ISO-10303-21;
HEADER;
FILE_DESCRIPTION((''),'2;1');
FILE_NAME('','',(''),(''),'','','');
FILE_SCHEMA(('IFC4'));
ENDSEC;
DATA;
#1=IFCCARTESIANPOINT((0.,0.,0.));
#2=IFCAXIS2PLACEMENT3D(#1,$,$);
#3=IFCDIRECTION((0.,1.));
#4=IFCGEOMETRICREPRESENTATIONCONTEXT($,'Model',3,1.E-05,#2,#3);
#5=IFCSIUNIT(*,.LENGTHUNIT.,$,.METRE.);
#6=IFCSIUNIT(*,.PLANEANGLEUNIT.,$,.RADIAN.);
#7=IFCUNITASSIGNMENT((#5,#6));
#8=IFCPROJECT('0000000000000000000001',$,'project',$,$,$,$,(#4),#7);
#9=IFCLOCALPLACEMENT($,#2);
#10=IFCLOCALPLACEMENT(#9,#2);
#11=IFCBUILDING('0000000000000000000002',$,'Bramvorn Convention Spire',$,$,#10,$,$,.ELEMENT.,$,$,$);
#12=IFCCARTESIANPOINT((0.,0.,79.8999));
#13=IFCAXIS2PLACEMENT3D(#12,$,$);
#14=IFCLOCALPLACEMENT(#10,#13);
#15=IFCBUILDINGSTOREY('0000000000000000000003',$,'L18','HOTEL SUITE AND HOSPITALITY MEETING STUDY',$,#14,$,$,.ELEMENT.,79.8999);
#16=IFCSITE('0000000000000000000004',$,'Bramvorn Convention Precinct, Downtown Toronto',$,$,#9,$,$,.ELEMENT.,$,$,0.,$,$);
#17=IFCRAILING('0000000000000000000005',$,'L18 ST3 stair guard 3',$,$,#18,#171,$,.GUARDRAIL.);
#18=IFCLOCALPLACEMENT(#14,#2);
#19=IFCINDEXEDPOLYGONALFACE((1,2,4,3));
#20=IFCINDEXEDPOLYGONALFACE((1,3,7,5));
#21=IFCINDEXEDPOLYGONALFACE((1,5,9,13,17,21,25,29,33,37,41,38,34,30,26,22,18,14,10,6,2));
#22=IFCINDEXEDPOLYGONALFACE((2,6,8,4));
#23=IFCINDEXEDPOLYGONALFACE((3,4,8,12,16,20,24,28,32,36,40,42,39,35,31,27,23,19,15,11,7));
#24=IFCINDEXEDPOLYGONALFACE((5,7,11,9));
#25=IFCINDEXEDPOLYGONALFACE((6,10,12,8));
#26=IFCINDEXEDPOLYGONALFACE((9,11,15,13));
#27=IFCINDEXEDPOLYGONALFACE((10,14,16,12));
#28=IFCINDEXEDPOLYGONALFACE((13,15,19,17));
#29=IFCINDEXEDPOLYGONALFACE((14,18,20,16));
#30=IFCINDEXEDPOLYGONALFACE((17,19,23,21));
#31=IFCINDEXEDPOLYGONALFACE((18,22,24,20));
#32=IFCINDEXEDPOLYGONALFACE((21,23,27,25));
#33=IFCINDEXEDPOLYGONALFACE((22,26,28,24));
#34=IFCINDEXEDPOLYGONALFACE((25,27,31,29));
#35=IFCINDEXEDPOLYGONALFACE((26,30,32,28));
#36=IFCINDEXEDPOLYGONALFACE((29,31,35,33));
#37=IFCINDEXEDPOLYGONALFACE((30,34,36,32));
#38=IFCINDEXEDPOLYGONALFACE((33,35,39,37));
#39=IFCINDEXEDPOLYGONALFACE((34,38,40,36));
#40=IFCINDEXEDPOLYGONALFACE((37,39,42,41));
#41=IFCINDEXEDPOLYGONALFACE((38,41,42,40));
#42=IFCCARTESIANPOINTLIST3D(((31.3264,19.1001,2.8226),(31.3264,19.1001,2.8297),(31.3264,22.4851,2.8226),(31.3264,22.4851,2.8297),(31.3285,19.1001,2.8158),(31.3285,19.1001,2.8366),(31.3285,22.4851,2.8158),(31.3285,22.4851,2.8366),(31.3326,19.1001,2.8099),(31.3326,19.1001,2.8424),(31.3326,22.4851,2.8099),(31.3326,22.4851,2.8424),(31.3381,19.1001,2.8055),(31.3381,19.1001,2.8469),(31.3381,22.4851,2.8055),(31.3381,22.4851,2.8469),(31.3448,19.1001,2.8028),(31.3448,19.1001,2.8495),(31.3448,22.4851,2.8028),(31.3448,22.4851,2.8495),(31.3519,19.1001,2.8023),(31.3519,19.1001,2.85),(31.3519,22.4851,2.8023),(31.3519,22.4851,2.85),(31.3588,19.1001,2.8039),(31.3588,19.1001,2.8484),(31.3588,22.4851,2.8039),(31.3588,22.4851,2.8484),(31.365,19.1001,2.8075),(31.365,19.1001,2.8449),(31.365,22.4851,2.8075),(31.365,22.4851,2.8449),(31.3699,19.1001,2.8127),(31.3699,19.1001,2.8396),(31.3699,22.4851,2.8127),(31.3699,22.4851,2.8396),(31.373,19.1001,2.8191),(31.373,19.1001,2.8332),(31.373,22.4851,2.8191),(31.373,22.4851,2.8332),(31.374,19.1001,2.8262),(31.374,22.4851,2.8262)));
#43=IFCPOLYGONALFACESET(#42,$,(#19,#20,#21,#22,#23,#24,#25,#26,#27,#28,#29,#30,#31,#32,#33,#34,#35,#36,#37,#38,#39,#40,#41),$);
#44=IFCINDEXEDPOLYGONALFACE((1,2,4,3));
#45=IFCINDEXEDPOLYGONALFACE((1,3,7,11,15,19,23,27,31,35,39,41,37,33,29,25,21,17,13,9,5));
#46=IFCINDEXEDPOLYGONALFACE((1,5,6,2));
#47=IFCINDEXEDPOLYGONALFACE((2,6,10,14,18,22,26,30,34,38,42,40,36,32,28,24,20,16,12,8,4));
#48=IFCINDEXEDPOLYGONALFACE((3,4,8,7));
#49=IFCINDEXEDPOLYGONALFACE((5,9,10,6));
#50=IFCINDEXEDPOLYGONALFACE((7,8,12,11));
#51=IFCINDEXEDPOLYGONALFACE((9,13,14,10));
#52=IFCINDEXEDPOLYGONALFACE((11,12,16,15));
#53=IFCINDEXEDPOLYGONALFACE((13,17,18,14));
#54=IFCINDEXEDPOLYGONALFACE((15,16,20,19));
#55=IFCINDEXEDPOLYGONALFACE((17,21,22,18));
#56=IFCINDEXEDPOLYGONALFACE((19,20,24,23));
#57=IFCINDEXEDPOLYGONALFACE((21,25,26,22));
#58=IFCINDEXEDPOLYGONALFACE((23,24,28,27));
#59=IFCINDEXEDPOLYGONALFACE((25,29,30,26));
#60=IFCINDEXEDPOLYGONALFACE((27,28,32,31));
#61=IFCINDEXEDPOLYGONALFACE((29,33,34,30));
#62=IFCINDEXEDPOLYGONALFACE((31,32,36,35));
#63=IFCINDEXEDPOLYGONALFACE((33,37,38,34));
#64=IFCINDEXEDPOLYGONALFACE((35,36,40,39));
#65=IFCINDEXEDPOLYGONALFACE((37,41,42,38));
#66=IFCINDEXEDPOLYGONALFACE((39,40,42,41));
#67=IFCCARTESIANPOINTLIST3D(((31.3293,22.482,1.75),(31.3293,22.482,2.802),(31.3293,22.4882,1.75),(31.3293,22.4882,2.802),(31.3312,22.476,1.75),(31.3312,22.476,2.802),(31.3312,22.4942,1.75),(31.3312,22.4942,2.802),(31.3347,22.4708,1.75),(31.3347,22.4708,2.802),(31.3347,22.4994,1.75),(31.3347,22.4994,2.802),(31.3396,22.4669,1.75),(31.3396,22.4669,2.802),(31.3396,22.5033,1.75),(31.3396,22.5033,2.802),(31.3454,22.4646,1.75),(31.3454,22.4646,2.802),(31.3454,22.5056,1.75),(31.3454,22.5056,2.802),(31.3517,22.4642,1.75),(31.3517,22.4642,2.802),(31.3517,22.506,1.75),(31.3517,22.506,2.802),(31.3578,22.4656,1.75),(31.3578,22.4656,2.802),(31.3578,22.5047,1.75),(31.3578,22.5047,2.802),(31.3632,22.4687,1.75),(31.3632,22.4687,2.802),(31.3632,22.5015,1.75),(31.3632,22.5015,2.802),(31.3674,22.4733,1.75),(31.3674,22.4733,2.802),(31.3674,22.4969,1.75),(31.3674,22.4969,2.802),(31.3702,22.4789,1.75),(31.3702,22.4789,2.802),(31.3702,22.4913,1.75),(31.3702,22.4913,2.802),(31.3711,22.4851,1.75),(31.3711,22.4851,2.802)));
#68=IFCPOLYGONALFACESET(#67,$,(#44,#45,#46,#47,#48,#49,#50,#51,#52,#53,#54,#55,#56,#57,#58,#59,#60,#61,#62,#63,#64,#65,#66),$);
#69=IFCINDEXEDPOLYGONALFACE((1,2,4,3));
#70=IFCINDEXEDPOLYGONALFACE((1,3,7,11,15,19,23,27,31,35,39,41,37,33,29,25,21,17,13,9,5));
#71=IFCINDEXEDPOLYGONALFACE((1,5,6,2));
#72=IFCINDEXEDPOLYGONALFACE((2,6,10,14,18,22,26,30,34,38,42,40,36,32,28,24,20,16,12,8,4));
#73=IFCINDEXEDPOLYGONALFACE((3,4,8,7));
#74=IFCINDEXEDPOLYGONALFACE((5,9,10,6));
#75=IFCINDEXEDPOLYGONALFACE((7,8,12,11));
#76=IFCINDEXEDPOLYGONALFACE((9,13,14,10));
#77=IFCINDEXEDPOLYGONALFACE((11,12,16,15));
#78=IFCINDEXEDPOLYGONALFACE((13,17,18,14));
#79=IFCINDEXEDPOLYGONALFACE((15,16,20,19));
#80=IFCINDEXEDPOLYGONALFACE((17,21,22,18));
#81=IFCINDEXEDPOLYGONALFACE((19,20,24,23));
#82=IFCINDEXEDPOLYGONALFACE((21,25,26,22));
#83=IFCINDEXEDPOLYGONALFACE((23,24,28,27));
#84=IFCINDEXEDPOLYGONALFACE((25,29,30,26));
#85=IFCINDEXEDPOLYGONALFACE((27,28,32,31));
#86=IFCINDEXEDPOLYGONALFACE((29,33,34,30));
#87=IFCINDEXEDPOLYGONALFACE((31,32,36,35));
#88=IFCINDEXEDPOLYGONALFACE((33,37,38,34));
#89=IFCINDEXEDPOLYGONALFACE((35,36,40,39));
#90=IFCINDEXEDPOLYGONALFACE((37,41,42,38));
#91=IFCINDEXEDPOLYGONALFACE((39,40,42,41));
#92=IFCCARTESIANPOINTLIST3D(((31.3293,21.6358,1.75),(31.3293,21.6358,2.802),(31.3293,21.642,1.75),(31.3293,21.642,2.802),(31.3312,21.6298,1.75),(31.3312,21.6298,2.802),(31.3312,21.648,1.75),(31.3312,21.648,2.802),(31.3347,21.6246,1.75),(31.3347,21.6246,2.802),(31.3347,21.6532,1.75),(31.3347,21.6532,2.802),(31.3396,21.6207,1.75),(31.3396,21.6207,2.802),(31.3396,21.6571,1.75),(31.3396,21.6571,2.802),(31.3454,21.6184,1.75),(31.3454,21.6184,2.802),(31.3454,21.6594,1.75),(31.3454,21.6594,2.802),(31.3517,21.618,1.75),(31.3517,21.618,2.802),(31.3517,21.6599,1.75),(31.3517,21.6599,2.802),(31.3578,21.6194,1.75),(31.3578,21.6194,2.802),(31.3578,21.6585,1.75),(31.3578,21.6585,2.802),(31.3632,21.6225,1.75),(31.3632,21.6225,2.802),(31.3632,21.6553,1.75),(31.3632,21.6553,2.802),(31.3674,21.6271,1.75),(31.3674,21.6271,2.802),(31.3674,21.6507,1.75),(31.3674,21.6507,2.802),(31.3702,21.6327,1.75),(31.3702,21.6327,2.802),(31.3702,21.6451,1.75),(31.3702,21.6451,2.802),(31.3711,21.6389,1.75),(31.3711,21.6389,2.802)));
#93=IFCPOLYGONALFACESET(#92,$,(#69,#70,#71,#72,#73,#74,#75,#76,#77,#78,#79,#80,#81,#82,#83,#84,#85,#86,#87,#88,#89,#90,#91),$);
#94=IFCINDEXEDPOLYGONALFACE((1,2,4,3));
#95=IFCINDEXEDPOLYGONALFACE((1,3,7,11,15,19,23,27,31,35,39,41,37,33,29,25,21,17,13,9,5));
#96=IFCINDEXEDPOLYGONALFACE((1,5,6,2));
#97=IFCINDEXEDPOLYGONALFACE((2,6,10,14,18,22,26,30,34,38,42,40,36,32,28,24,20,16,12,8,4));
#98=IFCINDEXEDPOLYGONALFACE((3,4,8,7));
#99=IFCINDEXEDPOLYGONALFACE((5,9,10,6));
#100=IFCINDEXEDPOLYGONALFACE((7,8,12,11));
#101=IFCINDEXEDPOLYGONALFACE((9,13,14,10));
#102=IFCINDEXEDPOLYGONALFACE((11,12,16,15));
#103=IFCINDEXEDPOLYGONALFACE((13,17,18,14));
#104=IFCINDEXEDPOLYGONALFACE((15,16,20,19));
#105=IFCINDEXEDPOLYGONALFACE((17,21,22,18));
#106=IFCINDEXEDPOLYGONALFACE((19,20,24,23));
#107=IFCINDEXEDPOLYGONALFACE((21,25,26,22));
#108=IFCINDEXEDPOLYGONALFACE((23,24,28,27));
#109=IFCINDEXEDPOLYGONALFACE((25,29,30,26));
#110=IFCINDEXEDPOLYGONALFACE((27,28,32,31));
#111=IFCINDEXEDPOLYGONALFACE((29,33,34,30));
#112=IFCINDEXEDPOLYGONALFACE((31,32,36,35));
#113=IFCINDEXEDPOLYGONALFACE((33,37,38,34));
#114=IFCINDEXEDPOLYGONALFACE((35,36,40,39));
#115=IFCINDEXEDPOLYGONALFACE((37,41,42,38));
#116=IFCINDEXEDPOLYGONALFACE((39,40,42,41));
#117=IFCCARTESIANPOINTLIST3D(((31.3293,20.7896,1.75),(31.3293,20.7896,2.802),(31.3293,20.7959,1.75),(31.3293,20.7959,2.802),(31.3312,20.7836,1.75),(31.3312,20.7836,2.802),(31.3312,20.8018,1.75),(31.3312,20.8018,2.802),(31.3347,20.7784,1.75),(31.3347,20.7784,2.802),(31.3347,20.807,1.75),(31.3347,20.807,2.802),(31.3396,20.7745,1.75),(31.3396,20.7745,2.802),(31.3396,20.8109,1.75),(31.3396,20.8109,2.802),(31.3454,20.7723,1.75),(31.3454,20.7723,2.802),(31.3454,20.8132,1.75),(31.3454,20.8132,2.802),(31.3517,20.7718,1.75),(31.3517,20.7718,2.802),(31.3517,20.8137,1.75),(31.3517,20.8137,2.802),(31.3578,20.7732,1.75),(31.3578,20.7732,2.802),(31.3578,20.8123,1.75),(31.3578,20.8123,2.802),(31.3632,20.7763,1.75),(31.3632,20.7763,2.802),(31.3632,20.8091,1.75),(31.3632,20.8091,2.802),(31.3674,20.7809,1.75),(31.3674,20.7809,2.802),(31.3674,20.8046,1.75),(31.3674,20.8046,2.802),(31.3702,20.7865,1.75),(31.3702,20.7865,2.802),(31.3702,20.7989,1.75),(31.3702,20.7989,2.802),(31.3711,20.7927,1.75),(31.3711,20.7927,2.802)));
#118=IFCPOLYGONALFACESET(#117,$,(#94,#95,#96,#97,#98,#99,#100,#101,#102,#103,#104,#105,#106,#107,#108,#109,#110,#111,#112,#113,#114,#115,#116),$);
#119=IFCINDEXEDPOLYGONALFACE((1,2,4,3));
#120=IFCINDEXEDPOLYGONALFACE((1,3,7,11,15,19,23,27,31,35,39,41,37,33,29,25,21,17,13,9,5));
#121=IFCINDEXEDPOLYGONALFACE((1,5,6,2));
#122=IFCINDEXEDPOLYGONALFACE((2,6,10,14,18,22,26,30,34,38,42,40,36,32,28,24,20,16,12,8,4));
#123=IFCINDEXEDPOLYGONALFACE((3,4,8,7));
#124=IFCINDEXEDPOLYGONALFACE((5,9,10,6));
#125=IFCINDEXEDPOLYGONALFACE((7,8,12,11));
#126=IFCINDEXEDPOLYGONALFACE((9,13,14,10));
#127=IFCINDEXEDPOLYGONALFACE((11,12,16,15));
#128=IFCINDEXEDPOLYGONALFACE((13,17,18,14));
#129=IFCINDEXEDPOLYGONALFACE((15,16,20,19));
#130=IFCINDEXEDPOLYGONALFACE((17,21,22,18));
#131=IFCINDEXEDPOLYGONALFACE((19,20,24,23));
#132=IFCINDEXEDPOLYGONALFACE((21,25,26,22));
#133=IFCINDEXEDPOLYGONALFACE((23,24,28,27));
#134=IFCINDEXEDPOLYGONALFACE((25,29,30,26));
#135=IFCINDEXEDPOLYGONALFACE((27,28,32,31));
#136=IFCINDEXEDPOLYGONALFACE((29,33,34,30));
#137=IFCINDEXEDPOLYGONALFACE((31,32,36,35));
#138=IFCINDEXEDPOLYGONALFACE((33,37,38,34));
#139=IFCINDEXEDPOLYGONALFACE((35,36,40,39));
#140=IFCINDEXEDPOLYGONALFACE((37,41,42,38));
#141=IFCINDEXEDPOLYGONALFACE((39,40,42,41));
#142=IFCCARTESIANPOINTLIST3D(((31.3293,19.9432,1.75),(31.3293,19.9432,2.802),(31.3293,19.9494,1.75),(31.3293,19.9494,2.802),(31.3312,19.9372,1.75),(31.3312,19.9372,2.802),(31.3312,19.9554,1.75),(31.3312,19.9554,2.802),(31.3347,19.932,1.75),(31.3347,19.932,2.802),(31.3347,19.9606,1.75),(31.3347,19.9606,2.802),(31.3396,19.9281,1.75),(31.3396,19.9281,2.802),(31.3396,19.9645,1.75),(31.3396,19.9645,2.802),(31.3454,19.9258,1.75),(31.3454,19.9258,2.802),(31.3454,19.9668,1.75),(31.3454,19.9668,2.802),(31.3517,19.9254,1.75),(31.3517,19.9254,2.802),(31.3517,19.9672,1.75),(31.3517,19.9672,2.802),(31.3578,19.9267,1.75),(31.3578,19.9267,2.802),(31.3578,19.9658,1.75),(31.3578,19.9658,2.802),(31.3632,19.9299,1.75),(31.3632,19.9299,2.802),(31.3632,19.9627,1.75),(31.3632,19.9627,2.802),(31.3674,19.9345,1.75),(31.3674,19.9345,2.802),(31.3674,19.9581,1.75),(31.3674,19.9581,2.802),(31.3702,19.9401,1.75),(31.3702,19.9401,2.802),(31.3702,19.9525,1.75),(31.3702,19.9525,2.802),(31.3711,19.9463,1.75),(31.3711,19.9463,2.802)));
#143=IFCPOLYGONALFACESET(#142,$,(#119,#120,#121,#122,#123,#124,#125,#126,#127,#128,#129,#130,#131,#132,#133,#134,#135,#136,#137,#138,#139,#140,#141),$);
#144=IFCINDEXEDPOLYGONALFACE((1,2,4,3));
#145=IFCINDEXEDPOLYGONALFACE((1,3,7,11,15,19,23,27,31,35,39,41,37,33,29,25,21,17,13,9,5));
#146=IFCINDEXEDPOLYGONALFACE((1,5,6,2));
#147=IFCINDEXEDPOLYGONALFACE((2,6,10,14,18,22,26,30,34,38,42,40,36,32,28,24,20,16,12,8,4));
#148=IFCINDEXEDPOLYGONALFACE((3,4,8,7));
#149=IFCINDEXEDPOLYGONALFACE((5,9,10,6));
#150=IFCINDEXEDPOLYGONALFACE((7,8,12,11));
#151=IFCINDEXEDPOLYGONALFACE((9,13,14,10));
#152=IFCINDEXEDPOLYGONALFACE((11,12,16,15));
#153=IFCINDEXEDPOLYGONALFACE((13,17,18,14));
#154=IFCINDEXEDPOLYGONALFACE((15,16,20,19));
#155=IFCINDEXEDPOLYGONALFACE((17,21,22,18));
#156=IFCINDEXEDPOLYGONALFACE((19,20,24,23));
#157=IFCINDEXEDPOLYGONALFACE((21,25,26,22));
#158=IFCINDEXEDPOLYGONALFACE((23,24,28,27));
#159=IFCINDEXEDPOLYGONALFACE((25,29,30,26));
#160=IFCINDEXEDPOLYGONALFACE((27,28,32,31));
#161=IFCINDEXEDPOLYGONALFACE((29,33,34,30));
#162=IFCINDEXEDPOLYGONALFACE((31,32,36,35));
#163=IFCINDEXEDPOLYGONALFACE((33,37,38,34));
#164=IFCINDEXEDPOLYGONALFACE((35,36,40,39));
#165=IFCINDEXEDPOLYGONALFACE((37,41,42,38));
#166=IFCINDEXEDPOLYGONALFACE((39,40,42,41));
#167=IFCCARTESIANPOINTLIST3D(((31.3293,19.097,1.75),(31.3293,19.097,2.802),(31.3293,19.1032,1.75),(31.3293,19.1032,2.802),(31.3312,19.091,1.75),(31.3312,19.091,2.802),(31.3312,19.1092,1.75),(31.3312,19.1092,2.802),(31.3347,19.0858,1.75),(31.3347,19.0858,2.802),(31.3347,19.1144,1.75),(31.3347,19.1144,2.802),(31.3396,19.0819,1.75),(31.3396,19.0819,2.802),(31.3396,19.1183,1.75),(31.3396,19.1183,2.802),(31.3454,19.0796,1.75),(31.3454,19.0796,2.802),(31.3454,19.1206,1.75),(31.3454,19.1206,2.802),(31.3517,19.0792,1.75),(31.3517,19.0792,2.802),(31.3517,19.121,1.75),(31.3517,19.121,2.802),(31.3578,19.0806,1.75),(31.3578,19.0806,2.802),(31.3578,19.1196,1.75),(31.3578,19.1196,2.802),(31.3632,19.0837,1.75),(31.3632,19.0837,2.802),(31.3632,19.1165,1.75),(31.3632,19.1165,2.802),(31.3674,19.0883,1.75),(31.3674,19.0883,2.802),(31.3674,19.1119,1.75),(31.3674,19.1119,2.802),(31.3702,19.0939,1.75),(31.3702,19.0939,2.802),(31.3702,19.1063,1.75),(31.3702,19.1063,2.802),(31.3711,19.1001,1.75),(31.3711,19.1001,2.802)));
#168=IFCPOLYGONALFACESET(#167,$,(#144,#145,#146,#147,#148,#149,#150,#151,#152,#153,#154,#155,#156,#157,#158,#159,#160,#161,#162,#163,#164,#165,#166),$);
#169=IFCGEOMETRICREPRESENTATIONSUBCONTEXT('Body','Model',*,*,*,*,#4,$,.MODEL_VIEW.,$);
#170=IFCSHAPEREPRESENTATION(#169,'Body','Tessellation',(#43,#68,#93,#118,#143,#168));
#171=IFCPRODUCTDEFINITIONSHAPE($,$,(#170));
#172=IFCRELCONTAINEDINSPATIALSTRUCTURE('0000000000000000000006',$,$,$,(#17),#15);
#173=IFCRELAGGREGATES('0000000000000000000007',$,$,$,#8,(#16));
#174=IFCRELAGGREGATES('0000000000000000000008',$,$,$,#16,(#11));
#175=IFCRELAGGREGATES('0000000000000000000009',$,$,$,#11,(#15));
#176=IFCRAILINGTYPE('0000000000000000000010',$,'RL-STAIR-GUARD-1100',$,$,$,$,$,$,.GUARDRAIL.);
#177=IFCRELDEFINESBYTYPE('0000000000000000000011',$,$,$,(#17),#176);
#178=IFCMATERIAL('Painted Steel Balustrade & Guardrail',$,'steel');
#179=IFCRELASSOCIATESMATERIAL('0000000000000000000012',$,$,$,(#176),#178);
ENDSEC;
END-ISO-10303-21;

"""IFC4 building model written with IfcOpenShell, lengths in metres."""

from ifc_helpers import new_model, si_unit, direction, frame, origin, origin_2d, place, context, subcontext, project, spatial, circle, extrude, material, type_object, element, save


model = new_model("IFC4")

# Units and contexts
model_context = context("Model", 3, precision=1e-05, world=origin(), true_north=direction((0.0, 1.0)))
body_context = subcontext(model_context, "Body", "Model", "MODEL_VIEW")
ifc_project = project(units=[si_unit("LENGTHUNIT", "METRE"), si_unit("PLANEANGLEUNIT", "RADIAN")], contexts=[model_context])

# Site, building, storey
site_placement = place(None, origin())
site = spatial("IfcSite", under=ifc_project, at=site_placement, Name="Bramvorn Convention Precinct, Downtown Toronto", CompositionType="ELEMENT", RefElevation=0.0)
building_placement = place(site_placement, origin())
building = spatial("IfcBuilding", under=site, at=building_placement, Name="Bramvorn Convention Spire", CompositionType="ELEMENT")
storey_placement = place(building_placement, frame((0.0, 0.0, 79.8999)))
storey = spatial("IfcBuildingStorey", under=building, at=storey_placement, Name="L18", Description="HOTEL SUITE AND HOSPITALITY MEETING STUDY", CompositionType="ELEMENT", Elevation=79.8999)

# Railing
ifc_material_1 = material(Name="Painted Steel Balustrade & Guardrail", Category="steel")
railing_type_1 = type_object("IfcRailingType", Name="RL-STAIR-GUARD-1100", PredefinedType="GUARDRAIL", material=ifc_material_1)
for number, where, name in (
    (1, (31.3501, 22.4851, 1.75), "L18 ST3 stair guard 3"),
):
    element("IfcRailing", number, at=place(storey_placement, frame(where)), inside=storey, type_object=railing_type_1, Name=name, PredefinedType="GUARDRAIL", context=body_context, shape_type="SweptSolid", body=[
        extrude(circle(Radius=0.0239, at=origin_2d()), frame((0.0, 0.0, 1.0762), z_axis=(0.0, -1.0, 0.0), x_axis=(1.0, 0.0, 0.0)), (0.0, 0.0, 1.0), 3.385),
        extrude(circle(Radius=0.021, at=origin_2d()), origin(), (0.0, 0.0, 1.0), 1.052),
        extrude(circle(Radius=0.021, at=origin_2d()), frame((0.0, -0.8462, 0.0)), (0.0, 0.0, 1.0), 1.052),
        extrude(circle(Radius=0.021, at=origin_2d()), frame((0.0, -1.6924, 0.0)), (0.0, 0.0, 1.0), 1.052),
        extrude(circle(Radius=0.021, at=origin_2d()), frame((0.0, -2.5388, 0.0)), (0.0, 0.0, 1.0), 1.052),
        extrude(circle(Radius=0.021, at=origin_2d()), frame((0.0, -3.385, 0.0)), (0.0, 0.0, 1.0), 1.052),
    ])

save(model, "model.ifc")
